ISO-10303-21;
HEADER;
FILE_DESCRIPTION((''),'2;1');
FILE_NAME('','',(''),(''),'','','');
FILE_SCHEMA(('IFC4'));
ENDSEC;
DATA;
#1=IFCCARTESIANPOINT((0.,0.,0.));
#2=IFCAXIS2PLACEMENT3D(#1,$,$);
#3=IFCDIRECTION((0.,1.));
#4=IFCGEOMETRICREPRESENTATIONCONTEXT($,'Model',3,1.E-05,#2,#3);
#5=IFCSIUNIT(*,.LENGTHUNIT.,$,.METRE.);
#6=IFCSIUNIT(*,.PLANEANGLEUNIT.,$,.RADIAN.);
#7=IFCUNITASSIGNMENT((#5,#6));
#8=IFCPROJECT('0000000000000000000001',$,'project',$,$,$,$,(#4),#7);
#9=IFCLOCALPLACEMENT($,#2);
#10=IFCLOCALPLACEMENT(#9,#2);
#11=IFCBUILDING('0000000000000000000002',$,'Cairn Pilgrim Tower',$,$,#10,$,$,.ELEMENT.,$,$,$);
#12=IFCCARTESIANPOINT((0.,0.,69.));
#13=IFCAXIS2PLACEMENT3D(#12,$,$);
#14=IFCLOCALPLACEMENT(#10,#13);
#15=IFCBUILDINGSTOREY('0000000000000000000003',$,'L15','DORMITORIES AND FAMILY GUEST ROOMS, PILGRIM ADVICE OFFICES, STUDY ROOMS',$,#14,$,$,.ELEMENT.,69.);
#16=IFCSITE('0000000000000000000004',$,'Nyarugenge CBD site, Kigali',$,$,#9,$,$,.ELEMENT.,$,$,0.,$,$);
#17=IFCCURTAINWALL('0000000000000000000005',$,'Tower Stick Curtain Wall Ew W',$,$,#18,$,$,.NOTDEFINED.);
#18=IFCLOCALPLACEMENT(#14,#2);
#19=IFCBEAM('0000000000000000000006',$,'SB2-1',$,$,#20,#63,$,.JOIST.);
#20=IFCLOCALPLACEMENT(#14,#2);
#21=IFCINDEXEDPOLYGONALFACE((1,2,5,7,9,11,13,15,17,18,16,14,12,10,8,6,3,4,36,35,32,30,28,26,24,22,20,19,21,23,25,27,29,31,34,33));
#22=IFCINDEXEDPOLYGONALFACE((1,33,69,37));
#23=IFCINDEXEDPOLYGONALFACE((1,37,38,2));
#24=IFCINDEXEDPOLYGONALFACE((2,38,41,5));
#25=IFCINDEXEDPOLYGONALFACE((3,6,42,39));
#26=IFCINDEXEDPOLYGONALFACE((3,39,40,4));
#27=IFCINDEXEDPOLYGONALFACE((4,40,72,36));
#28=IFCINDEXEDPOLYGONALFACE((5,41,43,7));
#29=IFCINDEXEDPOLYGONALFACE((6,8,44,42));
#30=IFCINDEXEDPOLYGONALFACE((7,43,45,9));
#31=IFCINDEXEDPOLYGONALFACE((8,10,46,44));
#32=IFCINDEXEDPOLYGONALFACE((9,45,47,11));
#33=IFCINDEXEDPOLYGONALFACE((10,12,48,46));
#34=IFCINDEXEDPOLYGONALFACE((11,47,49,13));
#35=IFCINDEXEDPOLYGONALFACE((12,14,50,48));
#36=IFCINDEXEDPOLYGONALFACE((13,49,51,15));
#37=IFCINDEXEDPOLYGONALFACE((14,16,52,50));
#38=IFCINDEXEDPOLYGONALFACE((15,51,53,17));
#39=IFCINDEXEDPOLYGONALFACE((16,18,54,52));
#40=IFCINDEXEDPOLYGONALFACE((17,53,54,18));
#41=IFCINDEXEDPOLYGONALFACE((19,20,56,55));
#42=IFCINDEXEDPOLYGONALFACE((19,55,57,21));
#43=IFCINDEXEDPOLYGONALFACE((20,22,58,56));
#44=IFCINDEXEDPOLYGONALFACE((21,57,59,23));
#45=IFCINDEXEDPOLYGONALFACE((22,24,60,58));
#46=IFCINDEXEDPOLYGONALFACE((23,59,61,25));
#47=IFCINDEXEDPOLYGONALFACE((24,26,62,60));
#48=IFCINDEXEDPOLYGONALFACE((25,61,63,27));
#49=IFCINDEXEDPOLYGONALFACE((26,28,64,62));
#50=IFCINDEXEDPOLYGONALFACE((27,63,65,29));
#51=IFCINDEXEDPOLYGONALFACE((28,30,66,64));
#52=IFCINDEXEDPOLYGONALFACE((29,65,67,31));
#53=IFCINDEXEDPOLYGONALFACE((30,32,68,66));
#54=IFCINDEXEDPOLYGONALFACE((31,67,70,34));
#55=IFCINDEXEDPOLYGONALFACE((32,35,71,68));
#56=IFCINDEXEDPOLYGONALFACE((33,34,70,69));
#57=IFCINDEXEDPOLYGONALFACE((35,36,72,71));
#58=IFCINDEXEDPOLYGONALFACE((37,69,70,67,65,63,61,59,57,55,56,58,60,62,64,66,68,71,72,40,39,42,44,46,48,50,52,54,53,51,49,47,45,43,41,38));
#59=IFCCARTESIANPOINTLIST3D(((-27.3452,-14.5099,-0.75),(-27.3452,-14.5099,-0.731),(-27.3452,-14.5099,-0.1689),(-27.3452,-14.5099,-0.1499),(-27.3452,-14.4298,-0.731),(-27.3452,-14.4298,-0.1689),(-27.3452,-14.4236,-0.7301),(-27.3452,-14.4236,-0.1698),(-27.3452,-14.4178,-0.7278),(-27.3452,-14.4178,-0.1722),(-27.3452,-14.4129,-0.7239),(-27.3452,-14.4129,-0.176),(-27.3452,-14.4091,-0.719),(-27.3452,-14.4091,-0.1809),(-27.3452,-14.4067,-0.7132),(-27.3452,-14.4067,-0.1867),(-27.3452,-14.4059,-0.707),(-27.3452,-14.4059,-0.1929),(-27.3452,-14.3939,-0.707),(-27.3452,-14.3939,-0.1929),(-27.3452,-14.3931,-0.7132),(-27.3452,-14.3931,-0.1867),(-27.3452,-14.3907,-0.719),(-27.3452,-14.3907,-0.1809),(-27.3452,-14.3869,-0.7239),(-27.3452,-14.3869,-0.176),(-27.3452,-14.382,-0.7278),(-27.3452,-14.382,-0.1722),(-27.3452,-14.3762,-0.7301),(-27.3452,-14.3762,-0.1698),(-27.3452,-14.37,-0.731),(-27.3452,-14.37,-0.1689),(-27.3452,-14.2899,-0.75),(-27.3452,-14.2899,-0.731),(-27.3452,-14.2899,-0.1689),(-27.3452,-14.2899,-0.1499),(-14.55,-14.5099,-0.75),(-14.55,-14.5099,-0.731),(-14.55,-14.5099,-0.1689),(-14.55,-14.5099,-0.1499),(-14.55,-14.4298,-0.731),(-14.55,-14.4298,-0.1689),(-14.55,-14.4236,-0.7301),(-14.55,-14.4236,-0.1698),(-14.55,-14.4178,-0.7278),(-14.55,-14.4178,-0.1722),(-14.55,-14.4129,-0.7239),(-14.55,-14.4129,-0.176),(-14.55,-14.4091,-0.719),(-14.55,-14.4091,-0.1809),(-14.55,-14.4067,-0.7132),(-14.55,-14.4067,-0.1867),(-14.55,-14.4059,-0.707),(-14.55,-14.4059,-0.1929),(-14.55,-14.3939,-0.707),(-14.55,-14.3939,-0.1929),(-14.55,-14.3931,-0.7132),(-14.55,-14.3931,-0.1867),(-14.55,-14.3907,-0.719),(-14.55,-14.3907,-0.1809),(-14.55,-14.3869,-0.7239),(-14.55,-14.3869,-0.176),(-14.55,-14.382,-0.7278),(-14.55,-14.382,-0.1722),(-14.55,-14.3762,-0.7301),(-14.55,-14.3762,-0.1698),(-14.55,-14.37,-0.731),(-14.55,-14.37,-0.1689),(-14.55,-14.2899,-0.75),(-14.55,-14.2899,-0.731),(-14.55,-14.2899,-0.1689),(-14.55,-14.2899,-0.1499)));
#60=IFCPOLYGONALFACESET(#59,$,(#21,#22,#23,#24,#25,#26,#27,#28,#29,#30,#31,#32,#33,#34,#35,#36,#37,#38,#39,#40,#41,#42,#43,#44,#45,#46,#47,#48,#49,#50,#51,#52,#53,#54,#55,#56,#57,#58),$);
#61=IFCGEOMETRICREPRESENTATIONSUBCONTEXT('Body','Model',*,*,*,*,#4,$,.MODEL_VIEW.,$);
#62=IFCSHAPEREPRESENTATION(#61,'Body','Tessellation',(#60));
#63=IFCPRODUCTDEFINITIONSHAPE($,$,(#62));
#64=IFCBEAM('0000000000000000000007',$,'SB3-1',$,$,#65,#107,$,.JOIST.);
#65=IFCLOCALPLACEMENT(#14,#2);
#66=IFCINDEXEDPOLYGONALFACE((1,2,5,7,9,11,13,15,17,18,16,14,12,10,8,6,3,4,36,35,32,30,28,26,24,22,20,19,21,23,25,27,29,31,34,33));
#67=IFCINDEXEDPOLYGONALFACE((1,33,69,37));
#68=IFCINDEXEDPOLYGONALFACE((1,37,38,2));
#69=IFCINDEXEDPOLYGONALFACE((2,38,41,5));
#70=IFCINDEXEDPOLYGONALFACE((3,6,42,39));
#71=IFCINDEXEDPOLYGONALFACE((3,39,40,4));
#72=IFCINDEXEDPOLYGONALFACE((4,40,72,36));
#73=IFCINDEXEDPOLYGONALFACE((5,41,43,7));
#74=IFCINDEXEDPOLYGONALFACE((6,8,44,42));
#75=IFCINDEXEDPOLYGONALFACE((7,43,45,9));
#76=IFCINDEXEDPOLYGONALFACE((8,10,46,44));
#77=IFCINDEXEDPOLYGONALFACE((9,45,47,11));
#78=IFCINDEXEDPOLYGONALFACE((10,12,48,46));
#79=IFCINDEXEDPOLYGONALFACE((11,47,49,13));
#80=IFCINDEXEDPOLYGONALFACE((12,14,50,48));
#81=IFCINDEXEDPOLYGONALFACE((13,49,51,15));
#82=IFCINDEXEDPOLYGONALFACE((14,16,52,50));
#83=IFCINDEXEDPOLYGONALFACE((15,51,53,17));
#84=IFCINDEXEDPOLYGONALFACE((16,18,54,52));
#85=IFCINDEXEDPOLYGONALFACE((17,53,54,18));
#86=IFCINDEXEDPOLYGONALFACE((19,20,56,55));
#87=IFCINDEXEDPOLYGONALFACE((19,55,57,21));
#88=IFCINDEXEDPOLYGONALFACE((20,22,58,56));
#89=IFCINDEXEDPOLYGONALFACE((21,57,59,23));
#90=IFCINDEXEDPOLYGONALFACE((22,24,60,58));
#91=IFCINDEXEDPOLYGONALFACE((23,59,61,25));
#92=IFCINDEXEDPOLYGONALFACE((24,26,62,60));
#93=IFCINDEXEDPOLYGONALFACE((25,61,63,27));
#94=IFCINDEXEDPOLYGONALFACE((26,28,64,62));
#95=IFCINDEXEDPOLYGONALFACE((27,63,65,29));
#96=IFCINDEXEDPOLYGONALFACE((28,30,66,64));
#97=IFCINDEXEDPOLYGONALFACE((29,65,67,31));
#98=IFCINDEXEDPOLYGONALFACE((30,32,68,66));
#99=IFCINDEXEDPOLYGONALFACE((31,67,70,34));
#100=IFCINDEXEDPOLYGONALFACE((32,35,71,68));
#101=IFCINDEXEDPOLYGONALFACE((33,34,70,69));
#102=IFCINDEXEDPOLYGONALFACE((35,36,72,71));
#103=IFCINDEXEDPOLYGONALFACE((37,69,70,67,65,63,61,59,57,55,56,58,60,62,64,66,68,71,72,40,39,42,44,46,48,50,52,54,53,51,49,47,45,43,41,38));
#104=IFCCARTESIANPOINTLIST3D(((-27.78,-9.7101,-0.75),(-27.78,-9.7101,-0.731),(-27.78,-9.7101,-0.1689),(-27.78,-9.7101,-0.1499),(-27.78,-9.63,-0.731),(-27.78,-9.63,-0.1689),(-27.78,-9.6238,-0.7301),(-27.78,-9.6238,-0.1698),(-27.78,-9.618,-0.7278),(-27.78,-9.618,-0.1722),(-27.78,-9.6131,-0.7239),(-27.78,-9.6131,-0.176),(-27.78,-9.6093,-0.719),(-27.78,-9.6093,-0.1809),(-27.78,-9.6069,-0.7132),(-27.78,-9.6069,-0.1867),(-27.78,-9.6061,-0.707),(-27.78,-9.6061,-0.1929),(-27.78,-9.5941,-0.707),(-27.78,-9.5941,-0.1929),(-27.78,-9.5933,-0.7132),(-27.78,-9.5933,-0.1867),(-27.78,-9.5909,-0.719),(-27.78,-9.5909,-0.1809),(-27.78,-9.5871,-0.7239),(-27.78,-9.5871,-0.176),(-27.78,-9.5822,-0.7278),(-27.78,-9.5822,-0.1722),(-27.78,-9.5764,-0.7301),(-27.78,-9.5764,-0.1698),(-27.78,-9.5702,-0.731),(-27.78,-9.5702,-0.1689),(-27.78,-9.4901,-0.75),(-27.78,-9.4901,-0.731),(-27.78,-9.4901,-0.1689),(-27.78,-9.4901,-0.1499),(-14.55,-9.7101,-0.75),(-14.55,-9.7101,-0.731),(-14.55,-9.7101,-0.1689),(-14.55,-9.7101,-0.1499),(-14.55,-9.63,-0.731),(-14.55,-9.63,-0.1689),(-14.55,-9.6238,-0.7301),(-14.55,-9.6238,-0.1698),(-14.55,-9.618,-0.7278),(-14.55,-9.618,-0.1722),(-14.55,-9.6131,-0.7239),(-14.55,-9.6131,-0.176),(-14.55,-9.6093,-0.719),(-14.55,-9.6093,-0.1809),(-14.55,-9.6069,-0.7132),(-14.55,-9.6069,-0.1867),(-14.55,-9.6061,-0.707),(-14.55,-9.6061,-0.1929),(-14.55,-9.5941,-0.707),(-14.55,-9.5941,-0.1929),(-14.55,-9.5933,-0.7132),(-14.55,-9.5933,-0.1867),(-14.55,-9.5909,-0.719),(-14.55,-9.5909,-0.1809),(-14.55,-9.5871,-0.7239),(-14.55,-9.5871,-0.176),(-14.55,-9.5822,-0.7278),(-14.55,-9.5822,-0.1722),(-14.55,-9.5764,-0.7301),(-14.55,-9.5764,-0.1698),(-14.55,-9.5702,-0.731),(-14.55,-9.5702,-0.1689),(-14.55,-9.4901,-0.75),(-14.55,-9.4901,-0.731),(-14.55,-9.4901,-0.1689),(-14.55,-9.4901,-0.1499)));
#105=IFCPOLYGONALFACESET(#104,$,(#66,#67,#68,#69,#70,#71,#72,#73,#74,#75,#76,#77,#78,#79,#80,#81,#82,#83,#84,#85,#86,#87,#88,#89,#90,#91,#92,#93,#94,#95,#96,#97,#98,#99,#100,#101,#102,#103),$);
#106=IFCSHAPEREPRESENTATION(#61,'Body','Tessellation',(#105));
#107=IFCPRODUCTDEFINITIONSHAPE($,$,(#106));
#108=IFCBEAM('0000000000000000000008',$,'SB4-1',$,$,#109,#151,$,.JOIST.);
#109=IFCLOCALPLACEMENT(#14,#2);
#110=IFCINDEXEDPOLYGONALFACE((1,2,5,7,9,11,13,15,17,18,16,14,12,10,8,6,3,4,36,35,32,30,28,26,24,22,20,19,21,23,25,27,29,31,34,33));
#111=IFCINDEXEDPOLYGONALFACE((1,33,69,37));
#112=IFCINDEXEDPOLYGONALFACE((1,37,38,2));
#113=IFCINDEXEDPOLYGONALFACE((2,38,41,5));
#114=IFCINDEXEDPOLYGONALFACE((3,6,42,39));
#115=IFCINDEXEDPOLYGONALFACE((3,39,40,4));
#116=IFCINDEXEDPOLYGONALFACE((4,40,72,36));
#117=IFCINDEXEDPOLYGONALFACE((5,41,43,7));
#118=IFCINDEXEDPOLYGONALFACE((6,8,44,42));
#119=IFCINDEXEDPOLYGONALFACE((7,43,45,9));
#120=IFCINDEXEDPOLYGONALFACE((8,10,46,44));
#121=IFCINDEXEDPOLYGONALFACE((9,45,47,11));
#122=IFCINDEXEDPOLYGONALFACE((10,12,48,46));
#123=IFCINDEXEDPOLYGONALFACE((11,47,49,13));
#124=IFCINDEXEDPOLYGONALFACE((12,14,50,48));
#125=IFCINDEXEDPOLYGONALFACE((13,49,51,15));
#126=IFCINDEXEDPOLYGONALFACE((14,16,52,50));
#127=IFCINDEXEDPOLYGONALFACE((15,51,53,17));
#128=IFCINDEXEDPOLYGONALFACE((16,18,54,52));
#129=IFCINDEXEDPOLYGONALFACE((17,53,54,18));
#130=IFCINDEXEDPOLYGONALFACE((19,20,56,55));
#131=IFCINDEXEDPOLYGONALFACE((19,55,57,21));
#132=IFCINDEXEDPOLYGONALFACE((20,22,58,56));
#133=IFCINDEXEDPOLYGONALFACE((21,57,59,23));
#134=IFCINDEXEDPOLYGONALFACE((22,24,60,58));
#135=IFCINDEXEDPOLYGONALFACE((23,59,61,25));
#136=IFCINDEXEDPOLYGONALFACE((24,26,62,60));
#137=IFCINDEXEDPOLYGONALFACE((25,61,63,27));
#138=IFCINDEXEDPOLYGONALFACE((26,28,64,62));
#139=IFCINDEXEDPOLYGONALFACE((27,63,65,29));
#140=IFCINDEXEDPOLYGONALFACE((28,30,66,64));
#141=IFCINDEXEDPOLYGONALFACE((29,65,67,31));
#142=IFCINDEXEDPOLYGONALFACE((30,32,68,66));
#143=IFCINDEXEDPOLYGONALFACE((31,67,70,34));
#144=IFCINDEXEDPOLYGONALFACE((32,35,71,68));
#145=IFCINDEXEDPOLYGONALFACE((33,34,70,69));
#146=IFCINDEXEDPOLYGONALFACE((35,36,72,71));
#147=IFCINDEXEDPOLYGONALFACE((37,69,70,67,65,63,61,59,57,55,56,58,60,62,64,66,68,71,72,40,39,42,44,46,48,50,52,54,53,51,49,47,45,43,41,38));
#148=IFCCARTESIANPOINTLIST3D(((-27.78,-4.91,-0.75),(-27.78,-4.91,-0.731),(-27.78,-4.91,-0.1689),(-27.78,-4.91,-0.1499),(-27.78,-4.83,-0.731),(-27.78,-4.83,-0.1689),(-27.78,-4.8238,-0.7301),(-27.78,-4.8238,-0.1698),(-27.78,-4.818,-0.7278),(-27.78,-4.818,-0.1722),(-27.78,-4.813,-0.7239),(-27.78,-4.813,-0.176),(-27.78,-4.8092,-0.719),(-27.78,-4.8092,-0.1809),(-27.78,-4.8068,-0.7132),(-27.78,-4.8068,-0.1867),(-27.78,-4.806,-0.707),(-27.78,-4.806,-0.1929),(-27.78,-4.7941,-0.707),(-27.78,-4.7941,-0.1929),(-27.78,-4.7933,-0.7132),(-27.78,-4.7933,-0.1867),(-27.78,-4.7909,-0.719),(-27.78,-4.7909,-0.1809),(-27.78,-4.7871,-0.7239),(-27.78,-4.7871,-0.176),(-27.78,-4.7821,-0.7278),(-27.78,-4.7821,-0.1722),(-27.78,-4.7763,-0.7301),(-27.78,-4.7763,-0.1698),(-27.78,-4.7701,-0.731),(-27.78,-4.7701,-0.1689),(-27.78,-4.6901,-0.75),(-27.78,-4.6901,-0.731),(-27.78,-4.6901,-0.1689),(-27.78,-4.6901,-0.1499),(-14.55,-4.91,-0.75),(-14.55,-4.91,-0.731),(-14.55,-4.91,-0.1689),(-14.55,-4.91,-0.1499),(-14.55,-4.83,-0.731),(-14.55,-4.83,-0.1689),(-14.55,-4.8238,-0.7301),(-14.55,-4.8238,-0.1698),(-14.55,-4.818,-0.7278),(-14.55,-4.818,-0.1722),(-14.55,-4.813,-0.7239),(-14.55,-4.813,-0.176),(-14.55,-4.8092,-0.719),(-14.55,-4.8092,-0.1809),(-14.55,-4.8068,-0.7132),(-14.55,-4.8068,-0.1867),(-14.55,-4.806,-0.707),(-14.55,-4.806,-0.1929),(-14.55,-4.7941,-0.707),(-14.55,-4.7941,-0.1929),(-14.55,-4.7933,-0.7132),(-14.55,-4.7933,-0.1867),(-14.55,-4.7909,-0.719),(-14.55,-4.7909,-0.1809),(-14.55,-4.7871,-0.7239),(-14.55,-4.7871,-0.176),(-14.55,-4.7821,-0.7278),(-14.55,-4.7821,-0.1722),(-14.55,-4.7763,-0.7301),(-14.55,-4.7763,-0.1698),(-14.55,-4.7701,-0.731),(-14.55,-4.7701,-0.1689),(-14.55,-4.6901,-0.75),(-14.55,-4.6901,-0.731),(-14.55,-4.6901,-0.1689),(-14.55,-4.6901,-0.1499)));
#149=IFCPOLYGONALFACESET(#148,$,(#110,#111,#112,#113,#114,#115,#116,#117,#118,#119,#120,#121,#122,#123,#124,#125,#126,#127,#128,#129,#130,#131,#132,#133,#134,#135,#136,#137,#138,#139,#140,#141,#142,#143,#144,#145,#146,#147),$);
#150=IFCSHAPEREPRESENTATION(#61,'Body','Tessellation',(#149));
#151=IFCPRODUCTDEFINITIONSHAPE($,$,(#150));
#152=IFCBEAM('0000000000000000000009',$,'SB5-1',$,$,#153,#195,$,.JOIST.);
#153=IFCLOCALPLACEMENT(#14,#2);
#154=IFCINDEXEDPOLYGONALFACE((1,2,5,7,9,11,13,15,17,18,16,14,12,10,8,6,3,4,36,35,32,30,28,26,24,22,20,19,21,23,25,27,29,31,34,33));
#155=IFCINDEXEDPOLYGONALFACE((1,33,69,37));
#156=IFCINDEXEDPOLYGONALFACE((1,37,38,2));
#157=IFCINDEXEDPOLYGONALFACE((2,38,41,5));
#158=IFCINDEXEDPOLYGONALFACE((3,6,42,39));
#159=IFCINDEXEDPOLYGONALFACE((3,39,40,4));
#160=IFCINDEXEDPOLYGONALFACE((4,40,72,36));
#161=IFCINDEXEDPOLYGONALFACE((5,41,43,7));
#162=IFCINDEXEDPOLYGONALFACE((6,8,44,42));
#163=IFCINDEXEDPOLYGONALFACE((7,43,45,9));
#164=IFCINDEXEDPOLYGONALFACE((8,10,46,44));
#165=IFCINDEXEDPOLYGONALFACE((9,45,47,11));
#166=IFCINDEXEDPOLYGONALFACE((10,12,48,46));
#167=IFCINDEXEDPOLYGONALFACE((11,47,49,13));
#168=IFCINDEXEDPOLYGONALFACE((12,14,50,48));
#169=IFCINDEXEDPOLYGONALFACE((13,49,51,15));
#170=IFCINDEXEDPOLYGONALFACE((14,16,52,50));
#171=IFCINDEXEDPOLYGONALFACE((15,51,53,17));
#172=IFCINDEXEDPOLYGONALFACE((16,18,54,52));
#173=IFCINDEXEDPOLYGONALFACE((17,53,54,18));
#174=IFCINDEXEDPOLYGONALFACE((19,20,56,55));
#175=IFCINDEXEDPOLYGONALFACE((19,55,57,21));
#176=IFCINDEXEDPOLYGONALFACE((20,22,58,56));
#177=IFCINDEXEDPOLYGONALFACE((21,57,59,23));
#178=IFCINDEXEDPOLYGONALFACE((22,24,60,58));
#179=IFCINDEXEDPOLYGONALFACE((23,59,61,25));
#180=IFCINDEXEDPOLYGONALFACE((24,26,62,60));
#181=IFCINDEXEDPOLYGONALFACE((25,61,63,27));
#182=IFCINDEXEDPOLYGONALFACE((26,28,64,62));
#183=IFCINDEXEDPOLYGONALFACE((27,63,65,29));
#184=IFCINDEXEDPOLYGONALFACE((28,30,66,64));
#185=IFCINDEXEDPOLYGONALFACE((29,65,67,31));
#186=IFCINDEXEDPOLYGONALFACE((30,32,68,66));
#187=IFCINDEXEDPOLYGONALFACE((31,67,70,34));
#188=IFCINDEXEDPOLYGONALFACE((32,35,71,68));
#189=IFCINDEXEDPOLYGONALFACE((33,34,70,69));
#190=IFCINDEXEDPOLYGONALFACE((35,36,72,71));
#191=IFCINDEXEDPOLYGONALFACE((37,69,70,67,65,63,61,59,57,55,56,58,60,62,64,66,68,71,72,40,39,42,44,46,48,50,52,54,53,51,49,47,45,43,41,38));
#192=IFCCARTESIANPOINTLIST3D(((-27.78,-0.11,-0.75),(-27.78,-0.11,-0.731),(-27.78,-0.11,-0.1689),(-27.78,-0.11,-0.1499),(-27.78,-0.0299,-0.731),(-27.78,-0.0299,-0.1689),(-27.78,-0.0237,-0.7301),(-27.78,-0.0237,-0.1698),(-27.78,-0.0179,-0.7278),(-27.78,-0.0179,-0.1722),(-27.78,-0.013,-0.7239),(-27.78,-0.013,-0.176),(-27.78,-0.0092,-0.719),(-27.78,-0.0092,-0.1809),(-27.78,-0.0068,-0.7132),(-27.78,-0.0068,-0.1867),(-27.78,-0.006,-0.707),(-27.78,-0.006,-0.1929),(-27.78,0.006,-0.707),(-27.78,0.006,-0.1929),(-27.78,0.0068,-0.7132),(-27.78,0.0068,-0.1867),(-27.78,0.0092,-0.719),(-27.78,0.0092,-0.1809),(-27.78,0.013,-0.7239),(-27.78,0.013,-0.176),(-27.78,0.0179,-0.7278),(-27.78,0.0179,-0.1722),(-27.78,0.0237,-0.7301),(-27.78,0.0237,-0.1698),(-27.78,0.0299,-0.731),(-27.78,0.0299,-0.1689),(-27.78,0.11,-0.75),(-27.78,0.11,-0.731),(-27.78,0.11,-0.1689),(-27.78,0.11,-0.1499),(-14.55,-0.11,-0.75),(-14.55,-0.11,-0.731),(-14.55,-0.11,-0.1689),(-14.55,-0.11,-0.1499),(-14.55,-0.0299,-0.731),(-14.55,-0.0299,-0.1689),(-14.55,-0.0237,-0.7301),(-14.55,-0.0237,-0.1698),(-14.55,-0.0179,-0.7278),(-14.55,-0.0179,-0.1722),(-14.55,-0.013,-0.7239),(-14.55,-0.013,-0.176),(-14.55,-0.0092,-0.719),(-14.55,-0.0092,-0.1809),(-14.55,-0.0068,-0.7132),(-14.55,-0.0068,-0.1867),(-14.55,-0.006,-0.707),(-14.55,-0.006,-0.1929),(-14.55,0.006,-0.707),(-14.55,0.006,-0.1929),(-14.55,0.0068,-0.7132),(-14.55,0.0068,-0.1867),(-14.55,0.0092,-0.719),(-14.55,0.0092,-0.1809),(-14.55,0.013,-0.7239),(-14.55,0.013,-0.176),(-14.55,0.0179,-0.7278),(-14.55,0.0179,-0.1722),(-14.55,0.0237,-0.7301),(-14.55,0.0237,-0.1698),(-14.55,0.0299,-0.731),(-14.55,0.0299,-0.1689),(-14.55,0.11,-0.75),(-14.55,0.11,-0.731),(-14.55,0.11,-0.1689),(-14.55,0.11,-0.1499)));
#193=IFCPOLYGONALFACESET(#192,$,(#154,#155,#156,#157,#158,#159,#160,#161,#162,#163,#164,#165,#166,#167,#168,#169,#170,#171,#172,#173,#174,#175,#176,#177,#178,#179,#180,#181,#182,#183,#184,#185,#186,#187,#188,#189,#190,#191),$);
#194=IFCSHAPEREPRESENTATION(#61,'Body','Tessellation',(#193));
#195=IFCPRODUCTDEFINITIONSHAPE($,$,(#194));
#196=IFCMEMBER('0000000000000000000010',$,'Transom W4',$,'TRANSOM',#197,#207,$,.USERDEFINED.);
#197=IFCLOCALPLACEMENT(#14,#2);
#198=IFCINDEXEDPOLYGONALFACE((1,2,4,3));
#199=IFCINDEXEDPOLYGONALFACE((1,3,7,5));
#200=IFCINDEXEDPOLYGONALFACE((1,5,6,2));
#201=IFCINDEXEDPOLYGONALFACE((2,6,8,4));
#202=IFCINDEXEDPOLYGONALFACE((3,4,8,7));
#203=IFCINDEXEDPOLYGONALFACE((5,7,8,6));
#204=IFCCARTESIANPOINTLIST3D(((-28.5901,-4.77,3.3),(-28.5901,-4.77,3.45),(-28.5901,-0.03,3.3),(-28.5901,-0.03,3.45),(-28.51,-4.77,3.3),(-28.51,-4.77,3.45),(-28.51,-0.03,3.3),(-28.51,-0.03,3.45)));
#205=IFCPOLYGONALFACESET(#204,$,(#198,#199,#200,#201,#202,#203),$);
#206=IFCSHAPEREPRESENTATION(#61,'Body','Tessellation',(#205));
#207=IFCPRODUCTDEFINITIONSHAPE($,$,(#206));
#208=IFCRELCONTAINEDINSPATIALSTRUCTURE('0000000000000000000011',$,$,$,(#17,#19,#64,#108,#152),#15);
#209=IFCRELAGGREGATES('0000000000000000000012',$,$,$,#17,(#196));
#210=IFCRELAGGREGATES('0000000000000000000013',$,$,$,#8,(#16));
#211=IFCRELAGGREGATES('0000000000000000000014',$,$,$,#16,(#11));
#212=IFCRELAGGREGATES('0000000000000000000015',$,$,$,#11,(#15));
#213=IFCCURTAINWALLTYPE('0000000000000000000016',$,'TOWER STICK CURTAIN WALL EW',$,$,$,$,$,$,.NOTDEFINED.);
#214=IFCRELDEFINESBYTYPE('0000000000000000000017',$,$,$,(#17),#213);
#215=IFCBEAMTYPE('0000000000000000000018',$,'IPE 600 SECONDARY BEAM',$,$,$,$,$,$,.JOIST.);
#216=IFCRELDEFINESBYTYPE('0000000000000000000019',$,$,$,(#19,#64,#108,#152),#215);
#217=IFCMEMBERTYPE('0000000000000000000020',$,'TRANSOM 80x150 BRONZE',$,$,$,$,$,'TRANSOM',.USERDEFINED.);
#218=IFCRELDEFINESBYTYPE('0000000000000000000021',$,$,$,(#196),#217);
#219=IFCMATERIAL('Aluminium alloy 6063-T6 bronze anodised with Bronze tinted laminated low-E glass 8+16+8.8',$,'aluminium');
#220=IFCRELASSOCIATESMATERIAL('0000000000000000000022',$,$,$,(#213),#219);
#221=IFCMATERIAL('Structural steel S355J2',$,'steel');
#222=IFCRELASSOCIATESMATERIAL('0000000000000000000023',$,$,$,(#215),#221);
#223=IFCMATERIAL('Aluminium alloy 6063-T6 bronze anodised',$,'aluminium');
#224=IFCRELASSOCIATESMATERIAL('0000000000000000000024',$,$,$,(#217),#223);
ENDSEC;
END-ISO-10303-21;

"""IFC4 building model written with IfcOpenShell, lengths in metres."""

from ifc_helpers import new_model, si_unit, direction, frame, origin, origin_2d, place, context, subcontext, project, spatial, rectangle, i_section, extrude, material, material_profile, profile_set, type_object, element, aggregate, save


model = new_model("IFC4")

# Units and contexts
model_context = context("Model", 3, precision=1e-05, world=origin(), true_north=direction((0.0, 1.0)))
body_context = subcontext(model_context, "Body", "Model", "MODEL_VIEW")
ifc_project = project(units=[si_unit("LENGTHUNIT", "METRE"), si_unit("PLANEANGLEUNIT", "RADIAN")], contexts=[model_context])

# Site, building, storey
site_placement = place(None, origin())
site = spatial("IfcSite", under=ifc_project, at=site_placement, Name="Nyarugenge CBD site, Kigali", CompositionType="ELEMENT", RefElevation=0.0)
building_placement = place(site_placement, origin())
building = spatial("IfcBuilding", under=site, at=building_placement, Name="Cairn Pilgrim Tower", CompositionType="ELEMENT")
storey_placement = place(building_placement, frame((0.0, 0.0, 69.0)))
storey = spatial("IfcBuildingStorey", under=building, at=storey_placement, Name="L15", Description="DORMITORIES AND FAMILY GUEST ROOMS, PILGRIM ADVICE OFFICES, STUDY ROOMS", CompositionType="ELEMENT", Elevation=69.0)

# Curtain wall
ifc_material_1 = material(Name="Aluminium alloy 6063-T6 bronze anodised with Bronze tinted laminated low-E glass 8+16+8.8", Category="aluminium")
curtain_wall_type_1 = type_object("IfcCurtainWallType", Name="TOWER STICK CURTAIN WALL EW", PredefinedType="NOTDEFINED", material=ifc_material_1)
curtain_wall_1_placement = place(storey_placement, origin())
curtain_wall_1 = element("IfcCurtainWall", 1, at=curtain_wall_1_placement, inside=storey, type_object=curtain_wall_type_1, Name="Tower Stick Curtain Wall Ew W", PredefinedType="NOTDEFINED")
ifc_material_2 = material(Name="Aluminium alloy 6063-T6 bronze anodised", Category="aluminium")

# Beams
ifc_material_3 = material(Name="Structural steel S355J2", Category="steel")
ifc_material_profile_1 = material_profile(ifc_material_3, i_section(OverallWidth=0.22, OverallDepth=0.6001, WebThickness=0.012, FlangeThickness=0.019, FilletRadius=0.0239, at=origin_2d()), Name="IPE 600")
ifc_profile_set_1 = profile_set([ifc_material_profile_1], Name="Structural steel S355J2")
beam_type_1 = type_object("IfcBeamType", Name="IPE 600 SECONDARY BEAM", PredefinedType="JOIST", material=ifc_profile_set_1)
beam_1_placement = place(storey_placement, frame((-27.3452, -14.3999, -0.45), z_axis=(1.0, 0.0, 0.0), x_axis=(0.0, 1.0, 0.0)))
element("IfcBeam", 2, at=beam_1_placement, inside=storey, type_object=beam_type_1, Name="SB2-1", PredefinedType="JOIST", context=body_context, shape_type="SweptSolid", body=[
    extrude(i_section(OverallWidth=0.22, OverallDepth=0.6001, WebThickness=0.012, FlangeThickness=0.019, FilletRadius=0.0239, at=origin_2d()), origin(), (0.0, 0.0, 1.0), 12.7952),
])
for number, where, z_axis, x_axis, name in (
    (3, (-27.78, -9.6001, -0.45), (1.0, 0.0, 0.0), (0.0, 1.0, 0.0), "SB3-1"),
    (4, (-27.78, -4.8, -0.45), (1.0, 0.0, 0.0), (0.0, 1.0, 0.0), "SB4-1"),
    (5, (-27.78, 0.0, -0.45), (1.0, 0.0, 0.0), (0.0, 1.0, 0.0), "SB5-1"),
):
    element("IfcBeam", number, at=place(storey_placement, frame(where, z_axis=z_axis, x_axis=x_axis)), inside=storey, type_object=beam_type_1, Name=name, PredefinedType="JOIST", context=body_context, shape_type="SweptSolid", body=[
        extrude(i_section(OverallWidth=0.22, OverallDepth=0.6001, WebThickness=0.012, FlangeThickness=0.019, FilletRadius=0.0239, at=origin_2d()), origin(), (0.0, 0.0, 1.0), 13.23),
    ])

# Member
ifc_material_profile_2 = material_profile(ifc_material_2, rectangle(XDim=0.0801, YDim=0.1499, at=origin_2d()), Name="TRANSOM 80x150 BRONZE")
ifc_profile_set_2 = profile_set([ifc_material_profile_2], Name="Aluminium alloy 6063-T6 bronze anodised")
member_type_1 = type_object("IfcMemberType", Name="TRANSOM 80x150 BRONZE", ElementType="TRANSOM", PredefinedType="USERDEFINED", material=ifc_profile_set_2)
member_1_placement = place(storey_placement, frame((-28.55, -0.03, 3.375), z_axis=(0.0, -1.0, 0.0), x_axis=(1.0, 0.0, 0.0)))
member_1 = element("IfcMember", 6, at=member_1_placement, type_object=member_type_1, Name="Transom W4", ObjectType="TRANSOM", PredefinedType="USERDEFINED", context=body_context, shape_type="SweptSolid", body=[
    extrude(rectangle(XDim=0.0801, YDim=0.1499, at=origin_2d()), origin(), (0.0, 0.0, 1.0), 4.74),
])

aggregate(curtain_wall_1, [member_1])

save(model, "model.ifc")
